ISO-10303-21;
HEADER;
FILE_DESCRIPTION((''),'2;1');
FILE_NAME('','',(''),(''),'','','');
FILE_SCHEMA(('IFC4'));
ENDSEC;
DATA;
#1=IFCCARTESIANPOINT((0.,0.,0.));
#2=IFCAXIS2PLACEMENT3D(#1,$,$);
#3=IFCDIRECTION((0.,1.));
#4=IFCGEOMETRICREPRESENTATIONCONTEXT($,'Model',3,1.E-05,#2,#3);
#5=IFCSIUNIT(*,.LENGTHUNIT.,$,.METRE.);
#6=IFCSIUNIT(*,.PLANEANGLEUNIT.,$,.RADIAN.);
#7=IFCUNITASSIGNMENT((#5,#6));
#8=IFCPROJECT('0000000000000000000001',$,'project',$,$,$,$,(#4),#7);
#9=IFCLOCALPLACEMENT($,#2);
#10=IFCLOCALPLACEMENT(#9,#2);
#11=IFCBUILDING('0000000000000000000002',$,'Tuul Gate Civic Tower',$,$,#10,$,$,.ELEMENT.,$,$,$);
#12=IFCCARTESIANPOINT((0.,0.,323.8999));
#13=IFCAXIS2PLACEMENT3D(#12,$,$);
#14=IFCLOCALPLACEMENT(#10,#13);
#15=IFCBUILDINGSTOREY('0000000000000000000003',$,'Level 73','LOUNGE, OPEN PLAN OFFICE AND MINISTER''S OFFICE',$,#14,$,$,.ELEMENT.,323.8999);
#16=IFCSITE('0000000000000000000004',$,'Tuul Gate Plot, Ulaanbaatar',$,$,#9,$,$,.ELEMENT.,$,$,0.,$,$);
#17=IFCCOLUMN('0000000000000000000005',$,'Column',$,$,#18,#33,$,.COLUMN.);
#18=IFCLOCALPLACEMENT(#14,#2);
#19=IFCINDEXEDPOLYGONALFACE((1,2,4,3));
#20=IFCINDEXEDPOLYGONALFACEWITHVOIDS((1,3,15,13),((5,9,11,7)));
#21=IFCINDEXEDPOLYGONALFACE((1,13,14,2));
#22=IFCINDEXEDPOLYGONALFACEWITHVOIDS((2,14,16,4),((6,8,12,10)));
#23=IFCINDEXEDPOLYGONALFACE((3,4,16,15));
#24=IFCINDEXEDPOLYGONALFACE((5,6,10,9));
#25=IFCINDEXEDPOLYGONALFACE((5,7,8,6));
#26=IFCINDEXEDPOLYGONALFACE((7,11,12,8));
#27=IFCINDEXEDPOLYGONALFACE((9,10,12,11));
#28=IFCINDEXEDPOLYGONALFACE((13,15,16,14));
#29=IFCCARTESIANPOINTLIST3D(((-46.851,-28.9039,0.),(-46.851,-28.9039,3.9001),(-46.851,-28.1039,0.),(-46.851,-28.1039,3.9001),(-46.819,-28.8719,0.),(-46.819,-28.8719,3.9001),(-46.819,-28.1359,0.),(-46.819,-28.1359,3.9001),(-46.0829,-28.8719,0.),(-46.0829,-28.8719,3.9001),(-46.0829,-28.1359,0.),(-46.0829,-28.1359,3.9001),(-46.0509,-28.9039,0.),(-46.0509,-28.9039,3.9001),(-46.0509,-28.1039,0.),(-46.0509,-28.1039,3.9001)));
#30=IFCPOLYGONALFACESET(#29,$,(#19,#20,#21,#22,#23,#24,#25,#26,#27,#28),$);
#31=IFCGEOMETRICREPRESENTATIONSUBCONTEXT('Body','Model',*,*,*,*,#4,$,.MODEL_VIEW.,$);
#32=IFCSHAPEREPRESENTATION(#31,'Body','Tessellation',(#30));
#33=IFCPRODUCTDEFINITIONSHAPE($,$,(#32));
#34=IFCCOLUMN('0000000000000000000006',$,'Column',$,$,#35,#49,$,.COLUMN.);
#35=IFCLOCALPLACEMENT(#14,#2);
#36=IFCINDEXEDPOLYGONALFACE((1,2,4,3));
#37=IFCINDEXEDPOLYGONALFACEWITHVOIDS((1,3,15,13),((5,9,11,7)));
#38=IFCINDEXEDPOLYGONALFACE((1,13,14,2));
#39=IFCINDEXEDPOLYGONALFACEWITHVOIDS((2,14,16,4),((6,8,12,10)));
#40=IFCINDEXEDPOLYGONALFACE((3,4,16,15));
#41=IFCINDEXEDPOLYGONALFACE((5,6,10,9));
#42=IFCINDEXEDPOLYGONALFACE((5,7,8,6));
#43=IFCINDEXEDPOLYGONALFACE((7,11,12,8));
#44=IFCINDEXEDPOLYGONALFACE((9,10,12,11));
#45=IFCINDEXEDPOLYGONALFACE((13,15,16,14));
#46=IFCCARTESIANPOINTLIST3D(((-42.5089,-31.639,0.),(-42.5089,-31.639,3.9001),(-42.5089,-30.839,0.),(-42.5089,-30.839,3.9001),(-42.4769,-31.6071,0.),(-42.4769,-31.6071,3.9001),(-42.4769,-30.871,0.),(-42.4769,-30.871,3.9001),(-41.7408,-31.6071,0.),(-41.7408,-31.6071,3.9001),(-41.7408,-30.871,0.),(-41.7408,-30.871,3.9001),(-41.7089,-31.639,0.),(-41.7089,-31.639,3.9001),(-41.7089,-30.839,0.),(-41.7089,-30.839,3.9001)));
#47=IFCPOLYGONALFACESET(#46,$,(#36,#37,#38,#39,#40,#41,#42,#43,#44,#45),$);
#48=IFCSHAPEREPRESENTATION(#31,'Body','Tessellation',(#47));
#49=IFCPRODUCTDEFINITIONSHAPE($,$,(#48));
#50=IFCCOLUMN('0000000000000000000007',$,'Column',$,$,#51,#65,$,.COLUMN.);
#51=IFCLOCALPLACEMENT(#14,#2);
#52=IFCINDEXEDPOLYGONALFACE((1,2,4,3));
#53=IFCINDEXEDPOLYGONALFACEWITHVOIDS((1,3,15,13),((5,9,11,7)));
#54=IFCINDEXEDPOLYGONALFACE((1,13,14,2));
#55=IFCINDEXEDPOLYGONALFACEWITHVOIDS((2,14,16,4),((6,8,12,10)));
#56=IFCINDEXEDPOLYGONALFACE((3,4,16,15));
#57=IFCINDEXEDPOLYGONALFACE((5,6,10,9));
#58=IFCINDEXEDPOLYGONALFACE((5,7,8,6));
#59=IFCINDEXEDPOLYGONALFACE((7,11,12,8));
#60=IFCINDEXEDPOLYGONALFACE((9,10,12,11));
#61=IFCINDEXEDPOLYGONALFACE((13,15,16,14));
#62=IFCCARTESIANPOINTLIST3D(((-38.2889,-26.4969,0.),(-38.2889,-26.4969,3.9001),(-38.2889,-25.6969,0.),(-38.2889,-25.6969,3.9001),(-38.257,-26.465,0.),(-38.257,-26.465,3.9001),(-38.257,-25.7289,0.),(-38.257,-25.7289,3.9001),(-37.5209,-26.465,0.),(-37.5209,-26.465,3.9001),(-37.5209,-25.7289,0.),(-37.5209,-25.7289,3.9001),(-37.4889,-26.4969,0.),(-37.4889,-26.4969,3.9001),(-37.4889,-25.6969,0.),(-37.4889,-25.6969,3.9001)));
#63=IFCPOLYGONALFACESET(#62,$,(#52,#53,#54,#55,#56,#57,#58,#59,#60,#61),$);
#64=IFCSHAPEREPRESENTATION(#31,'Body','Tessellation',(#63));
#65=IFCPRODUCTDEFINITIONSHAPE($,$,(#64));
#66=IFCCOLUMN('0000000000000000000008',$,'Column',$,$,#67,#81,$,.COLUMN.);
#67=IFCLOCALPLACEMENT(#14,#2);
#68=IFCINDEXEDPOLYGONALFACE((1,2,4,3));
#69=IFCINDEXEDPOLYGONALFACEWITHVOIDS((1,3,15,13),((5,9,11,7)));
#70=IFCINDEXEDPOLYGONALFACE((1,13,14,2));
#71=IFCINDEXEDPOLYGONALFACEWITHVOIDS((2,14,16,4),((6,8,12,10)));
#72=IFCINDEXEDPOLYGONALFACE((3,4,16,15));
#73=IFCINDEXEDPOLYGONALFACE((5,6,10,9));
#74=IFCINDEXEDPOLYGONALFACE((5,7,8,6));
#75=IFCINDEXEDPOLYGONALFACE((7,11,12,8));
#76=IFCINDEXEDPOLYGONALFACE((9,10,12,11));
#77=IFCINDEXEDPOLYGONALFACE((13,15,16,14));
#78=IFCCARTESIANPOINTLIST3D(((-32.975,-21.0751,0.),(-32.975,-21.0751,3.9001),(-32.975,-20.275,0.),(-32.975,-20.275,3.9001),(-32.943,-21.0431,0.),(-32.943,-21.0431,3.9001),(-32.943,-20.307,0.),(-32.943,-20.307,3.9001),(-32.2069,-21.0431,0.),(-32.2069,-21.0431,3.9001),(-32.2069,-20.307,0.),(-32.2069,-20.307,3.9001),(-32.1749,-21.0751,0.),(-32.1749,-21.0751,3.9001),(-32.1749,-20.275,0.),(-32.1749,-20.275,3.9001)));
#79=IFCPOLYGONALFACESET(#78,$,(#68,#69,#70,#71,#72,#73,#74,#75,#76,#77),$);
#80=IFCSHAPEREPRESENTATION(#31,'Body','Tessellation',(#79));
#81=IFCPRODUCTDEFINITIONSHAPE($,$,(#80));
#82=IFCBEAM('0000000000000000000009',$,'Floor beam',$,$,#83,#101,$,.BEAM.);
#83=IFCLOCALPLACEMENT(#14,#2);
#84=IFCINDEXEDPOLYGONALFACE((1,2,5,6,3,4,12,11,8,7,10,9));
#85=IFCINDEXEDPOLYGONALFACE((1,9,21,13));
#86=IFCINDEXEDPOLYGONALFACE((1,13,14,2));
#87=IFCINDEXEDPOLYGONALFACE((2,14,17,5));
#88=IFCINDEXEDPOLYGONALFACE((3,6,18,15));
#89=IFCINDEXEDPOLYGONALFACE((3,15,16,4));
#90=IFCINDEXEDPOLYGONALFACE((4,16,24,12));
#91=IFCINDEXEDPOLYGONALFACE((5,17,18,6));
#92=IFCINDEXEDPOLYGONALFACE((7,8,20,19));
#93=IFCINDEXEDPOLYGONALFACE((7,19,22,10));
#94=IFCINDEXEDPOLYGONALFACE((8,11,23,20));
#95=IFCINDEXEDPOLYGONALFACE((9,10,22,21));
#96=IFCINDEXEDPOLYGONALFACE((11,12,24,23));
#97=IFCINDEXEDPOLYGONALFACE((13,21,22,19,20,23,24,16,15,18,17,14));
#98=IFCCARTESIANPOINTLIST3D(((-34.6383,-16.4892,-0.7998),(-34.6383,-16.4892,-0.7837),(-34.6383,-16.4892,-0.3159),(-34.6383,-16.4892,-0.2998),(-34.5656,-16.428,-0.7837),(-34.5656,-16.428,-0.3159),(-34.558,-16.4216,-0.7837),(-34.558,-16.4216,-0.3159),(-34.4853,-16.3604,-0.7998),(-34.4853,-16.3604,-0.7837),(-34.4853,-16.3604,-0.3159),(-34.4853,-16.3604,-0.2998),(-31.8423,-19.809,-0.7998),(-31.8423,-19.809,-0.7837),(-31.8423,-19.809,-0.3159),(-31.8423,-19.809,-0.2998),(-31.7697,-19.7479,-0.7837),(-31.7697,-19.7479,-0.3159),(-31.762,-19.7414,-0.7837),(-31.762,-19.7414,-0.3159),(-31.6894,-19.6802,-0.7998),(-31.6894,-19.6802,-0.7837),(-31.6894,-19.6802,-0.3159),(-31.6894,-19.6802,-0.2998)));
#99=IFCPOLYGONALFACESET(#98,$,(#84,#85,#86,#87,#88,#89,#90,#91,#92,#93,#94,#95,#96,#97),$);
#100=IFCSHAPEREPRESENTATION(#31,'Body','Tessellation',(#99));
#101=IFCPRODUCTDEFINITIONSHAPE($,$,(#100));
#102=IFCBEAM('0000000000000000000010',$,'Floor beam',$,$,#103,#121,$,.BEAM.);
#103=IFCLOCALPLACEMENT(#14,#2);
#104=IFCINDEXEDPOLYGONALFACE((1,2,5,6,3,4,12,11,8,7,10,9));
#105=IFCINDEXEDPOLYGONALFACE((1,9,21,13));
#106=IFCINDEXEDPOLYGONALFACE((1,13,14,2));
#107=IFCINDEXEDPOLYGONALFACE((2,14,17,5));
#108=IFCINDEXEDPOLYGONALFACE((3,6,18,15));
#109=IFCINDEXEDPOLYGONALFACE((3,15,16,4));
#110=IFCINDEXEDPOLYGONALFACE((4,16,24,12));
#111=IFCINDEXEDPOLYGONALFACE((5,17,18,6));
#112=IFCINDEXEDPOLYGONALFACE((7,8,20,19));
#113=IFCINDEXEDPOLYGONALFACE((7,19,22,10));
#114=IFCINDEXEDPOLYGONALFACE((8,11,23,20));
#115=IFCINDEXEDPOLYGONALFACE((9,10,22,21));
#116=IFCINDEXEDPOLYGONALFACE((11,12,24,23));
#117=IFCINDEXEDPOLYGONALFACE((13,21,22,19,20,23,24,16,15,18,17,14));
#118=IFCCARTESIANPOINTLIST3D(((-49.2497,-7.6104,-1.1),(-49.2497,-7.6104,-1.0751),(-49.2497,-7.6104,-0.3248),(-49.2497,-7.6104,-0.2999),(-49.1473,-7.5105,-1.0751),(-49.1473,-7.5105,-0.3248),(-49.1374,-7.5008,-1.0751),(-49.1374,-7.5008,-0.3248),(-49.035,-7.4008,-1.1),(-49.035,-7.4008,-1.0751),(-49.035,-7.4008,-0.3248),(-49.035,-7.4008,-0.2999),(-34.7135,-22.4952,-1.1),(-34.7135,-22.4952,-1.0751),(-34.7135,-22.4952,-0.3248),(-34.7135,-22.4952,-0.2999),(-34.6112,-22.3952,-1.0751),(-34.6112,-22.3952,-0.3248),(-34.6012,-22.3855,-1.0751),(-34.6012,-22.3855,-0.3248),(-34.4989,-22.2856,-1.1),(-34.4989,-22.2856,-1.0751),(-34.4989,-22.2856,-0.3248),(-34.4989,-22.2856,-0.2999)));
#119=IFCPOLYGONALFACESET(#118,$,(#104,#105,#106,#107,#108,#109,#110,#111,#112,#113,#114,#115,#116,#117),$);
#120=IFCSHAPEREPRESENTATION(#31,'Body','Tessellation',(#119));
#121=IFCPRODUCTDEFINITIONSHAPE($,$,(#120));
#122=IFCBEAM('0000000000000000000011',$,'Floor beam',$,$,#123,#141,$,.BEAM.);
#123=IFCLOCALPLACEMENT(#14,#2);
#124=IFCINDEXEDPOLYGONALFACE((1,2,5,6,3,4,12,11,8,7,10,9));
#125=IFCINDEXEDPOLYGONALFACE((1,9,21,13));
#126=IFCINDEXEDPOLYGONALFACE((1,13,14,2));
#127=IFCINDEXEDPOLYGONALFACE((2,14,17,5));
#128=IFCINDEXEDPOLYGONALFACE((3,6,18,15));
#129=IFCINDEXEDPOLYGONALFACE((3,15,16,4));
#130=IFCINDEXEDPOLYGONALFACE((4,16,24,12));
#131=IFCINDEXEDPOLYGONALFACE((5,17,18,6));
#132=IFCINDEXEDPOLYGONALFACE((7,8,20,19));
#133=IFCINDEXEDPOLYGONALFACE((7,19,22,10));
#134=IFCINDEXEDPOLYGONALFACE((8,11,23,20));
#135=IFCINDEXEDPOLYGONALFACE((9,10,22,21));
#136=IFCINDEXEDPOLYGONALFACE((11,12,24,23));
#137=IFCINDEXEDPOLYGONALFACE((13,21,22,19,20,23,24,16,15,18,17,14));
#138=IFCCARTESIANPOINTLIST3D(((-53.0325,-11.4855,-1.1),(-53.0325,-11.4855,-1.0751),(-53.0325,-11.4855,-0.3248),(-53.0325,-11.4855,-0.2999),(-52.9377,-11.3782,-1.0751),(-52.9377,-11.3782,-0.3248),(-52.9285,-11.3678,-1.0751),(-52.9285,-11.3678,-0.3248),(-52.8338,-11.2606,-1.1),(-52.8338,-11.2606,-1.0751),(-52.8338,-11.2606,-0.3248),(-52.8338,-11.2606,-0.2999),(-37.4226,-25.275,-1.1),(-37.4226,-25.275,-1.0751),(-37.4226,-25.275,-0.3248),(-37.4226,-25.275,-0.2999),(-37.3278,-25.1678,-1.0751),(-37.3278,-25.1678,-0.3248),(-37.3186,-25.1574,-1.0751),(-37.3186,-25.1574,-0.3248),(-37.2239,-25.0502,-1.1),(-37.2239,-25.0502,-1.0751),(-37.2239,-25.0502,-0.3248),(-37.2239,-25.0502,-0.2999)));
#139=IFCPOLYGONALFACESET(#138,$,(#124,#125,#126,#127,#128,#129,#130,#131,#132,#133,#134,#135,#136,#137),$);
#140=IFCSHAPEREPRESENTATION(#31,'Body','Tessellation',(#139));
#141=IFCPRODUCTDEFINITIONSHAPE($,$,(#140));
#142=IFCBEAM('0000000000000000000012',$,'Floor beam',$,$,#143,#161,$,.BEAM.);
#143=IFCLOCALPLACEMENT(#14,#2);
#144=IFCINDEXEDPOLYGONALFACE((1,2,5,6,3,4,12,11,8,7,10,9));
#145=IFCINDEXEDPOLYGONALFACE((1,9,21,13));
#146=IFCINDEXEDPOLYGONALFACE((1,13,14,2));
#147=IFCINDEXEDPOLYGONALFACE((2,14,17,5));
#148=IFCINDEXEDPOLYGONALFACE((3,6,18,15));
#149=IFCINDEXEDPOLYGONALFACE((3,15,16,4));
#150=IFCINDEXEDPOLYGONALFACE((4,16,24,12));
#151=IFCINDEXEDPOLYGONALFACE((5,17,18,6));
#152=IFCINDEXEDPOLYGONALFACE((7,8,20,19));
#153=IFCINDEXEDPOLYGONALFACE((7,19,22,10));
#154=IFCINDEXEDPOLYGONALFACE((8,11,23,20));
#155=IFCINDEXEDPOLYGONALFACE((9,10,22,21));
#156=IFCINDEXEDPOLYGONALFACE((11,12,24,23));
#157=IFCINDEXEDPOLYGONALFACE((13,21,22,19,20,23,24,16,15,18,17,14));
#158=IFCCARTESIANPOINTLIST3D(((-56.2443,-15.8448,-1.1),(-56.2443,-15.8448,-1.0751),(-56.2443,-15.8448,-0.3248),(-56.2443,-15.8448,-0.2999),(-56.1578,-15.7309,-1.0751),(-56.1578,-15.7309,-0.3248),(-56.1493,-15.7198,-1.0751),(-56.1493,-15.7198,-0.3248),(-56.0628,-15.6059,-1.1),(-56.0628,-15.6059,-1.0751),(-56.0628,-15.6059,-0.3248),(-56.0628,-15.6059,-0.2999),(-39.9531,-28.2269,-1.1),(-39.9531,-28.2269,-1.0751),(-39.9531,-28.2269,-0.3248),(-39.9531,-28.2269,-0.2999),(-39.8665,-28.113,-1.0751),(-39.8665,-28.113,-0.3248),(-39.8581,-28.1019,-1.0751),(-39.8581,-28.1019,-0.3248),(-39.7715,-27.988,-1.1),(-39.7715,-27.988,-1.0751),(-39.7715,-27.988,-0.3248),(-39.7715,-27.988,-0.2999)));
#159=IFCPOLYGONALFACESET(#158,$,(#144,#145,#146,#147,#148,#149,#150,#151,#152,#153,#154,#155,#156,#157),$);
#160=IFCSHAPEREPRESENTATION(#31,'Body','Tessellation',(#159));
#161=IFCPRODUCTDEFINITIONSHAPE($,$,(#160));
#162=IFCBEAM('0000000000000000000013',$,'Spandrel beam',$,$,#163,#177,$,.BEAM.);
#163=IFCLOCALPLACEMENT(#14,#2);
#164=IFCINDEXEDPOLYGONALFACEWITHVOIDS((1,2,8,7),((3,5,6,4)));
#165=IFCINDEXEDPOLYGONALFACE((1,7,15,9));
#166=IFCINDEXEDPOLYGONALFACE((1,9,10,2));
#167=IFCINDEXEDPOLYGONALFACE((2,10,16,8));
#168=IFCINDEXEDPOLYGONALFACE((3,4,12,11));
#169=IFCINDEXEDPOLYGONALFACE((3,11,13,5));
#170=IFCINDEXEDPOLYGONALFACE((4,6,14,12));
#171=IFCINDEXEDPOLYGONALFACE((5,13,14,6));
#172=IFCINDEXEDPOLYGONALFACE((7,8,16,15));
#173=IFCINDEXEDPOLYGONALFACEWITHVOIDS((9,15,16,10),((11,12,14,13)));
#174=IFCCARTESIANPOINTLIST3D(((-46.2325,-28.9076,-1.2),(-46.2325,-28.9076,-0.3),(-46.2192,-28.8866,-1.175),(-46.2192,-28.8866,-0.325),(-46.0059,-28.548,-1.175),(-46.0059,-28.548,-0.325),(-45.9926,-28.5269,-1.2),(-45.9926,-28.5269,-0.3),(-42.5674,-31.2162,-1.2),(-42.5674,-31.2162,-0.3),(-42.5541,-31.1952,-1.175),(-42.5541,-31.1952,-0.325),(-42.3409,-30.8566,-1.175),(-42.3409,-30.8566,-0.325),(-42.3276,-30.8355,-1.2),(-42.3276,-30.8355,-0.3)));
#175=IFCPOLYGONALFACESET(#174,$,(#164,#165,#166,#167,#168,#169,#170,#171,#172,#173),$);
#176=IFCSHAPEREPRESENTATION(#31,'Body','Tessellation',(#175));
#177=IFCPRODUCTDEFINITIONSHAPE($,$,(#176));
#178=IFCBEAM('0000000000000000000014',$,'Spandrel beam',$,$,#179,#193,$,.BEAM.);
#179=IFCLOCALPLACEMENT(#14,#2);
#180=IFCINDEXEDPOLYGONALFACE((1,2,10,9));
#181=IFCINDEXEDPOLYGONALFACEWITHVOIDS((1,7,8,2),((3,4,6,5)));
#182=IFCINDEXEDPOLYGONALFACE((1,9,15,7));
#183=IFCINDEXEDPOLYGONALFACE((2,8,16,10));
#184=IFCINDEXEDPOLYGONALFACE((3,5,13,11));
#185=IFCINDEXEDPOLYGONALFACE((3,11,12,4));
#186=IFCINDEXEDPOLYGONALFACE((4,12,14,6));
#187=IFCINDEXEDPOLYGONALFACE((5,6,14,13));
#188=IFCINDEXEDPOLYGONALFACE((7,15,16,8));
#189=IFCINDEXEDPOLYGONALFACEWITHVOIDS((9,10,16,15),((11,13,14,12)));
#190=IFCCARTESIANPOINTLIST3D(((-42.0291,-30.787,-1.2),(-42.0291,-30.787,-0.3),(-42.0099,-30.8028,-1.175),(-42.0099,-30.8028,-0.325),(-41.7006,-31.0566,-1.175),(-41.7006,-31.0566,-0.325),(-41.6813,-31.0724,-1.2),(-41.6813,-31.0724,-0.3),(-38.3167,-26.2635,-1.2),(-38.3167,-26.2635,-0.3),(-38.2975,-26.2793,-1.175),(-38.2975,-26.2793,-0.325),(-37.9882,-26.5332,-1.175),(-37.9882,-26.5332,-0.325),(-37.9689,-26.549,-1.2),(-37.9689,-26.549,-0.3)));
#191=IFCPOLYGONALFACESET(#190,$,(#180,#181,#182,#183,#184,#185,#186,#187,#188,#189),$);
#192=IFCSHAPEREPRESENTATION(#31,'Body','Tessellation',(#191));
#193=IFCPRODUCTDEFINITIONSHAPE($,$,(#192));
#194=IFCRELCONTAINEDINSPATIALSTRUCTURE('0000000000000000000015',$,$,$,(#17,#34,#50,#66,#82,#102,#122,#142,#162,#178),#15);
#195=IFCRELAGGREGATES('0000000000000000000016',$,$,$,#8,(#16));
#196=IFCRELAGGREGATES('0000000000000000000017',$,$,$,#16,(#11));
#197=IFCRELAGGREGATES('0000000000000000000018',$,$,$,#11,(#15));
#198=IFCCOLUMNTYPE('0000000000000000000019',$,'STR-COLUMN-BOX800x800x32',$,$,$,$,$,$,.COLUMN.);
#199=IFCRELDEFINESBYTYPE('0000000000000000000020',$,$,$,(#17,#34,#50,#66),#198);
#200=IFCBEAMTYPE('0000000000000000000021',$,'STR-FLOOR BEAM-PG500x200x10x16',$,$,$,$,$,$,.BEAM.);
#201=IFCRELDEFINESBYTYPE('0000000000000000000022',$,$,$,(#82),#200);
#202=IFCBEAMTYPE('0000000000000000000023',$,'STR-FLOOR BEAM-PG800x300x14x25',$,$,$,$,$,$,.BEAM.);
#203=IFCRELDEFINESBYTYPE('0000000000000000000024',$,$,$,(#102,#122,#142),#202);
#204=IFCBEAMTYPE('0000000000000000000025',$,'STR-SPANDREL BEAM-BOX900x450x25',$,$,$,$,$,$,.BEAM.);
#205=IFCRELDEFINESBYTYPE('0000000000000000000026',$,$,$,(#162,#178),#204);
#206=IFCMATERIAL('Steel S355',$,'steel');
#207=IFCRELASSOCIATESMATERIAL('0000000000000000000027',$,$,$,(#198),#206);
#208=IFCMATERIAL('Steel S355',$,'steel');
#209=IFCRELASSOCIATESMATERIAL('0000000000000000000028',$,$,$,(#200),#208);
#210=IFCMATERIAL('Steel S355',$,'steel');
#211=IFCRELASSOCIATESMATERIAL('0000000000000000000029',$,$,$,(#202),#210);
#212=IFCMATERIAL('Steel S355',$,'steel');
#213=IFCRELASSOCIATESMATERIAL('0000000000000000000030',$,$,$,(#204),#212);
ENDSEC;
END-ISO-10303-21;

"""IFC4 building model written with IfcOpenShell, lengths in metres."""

from ifc_helpers import new_model, si_unit, direction, frame, origin, origin_2d, place, context, subcontext, project, spatial, hollow_rectangle, i_section, extrude, material, material_profile, profile_set, type_object, element, save


model = new_model("IFC4")

# Units and contexts
model_context = context("Model", 3, precision=1e-05, world=origin(), true_north=direction((0.0, 1.0)))
body_context = subcontext(model_context, "Body", "Model", "MODEL_VIEW")
ifc_project = project(units=[si_unit("LENGTHUNIT", "METRE"), si_unit("PLANEANGLEUNIT", "RADIAN")], contexts=[model_context])

# Site, building, storey
site_placement = place(None, origin())
site = spatial("IfcSite", under=ifc_project, at=site_placement, Name="Tuul Gate Plot, Ulaanbaatar", CompositionType="ELEMENT", RefElevation=0.0)
building_placement = place(site_placement, origin())
building = spatial("IfcBuilding", under=site, at=building_placement, Name="Tuul Gate Civic Tower", CompositionType="ELEMENT")
storey_placement = place(building_placement, frame((0.0, 0.0, 323.8999)))
storey = spatial("IfcBuildingStorey", under=building, at=storey_placement, Name="Level 73", Description="LOUNGE, OPEN PLAN OFFICE AND MINISTER'S OFFICE", CompositionType="ELEMENT", Elevation=323.8999)

# Columns
ifc_material_1 = material(Name="Steel S355", Category="steel")
ifc_material_profile_1 = material_profile(ifc_material_1, hollow_rectangle(XDim=0.8, YDim=0.8, WallThickness=0.032, at=origin_2d()), Name="BOX800x800x32")
ifc_profile_set_1 = profile_set([ifc_material_profile_1], Name="Steel S355")
column_type = type_object("IfcColumnType", Name="STR-COLUMN-BOX800x800x32", PredefinedType="COLUMN", material=ifc_profile_set_1)
for number, where, z_axis, x_axis, name in (
    (1, (-46.4509, -28.5039, 0.0), (0.0, 0.0, 1.0), (1.0, 0.0, 0.0), "Column"),
    (2, (-42.1089, -31.239, 0.0), (0.0, 0.0, 1.0), (1.0, 0.0, 0.0), "Column"),
    (3, (-37.8889, -26.0969, 0.0), (0.0, 0.0, 1.0), (1.0, 0.0, 0.0), "Column"),
    (4, (-32.575, -20.675, 0.0), (0.0, 0.0, 1.0), (1.0, 0.0, 0.0), "Column"),
):
    element("IfcColumn", number, at=place(storey_placement, frame(where, z_axis=z_axis, x_axis=x_axis)), inside=storey, type_object=column_type, Name=name, PredefinedType="COLUMN", context=body_context, shape_type="SweptSolid", body=[
        extrude(hollow_rectangle(XDim=0.8, YDim=0.8, WallThickness=0.032, at=origin_2d()), origin(), (0.0, 0.0, 1.0), 3.9001),
    ])

# Beams
ifc_material_2 = material(Name="Steel S355", Category="steel")
ifc_material_profile_2 = material_profile(ifc_material_2, i_section(OverallWidth=0.2, OverallDepth=0.5, WebThickness=0.01, FlangeThickness=0.0161, at=origin_2d()), Name="PG500x200x10x16")
ifc_profile_set_2 = profile_set([ifc_material_profile_2], Name="Steel S355")
beam_type_1 = type_object("IfcBeamType", Name="STR-FLOOR BEAM-PG500x200x10x16", PredefinedType="BEAM", material=ifc_profile_set_2)
beam_1_placement = place(storey_placement, frame((-31.7659, -19.7446, -0.5498), z_axis=(-0.64417, 0.764882, 0.0), x_axis=(-0.764882, -0.64417, 0.0)))
element("IfcBeam", 5, at=beam_1_placement, inside=storey, type_object=beam_type_1, Name="Floor beam", PredefinedType="BEAM", context=body_context, shape_type="SweptSolid", body=[
    extrude(i_section(OverallWidth=0.2, OverallDepth=0.5, WebThickness=0.01, FlangeThickness=0.0161, at=origin_2d()), origin(), (0.0, 0.0, 1.0), 4.3403),
])
ifc_material_3 = material(Name="Steel S355", Category="steel")
ifc_material_profile_3 = material_profile(ifc_material_3, i_section(OverallWidth=0.3, OverallDepth=0.8, WebThickness=0.0139, FlangeThickness=0.0249, at=origin_2d()), Name="PG800x300x14x25")
ifc_profile_set_3 = profile_set([ifc_material_profile_3], Name="Steel S355")
beam_type_2 = type_object("IfcBeamType", Name="STR-FLOOR BEAM-PG800x300x14x25", PredefinedType="BEAM", material=ifc_profile_set_3)
beam_2_placement = place(storey_placement, frame((-34.6062, -22.3904, -0.7), z_axis=(-0.698679, 0.715436, 0.0), x_axis=(-0.715436, -0.698679, 0.0)))
element("IfcBeam", 6, at=beam_2_placement, inside=storey, type_object=beam_type_2, Name="Floor beam", PredefinedType="BEAM", context=body_context, shape_type="SweptSolid", body=[
    extrude(i_section(OverallWidth=0.3, OverallDepth=0.8, WebThickness=0.0139, FlangeThickness=0.0249, at=origin_2d()), origin(), (0.0, 0.0, 1.0), 20.8052),
])
beam_3_placement = place(storey_placement, frame((-37.3232, -25.1626, -0.7), z_axis=(-0.749453, 0.662057, 0.0), x_axis=(-0.662057, -0.749453, 0.0)))
element("IfcBeam", 7, at=beam_3_placement, inside=storey, type_object=beam_type_2, Name="Floor beam", PredefinedType="BEAM", context=body_context, shape_type="SweptSolid", body=[
    extrude(i_section(OverallWidth=0.3, OverallDepth=0.8, WebThickness=0.0139, FlangeThickness=0.0249, at=origin_2d()), origin(), (0.0, 0.0, 1.0), 20.8284),
])
beam_4_placement = place(storey_placement, frame((-39.8623, -28.1074, -0.7), z_axis=(-0.796145, 0.605106, 0.0), x_axis=(-0.605106, -0.796145, 0.0)))
element("IfcBeam", 8, at=beam_4_placement, inside=storey, type_object=beam_type_2, Name="Floor beam", PredefinedType="BEAM", context=body_context, shape_type="SweptSolid", body=[
    extrude(i_section(OverallWidth=0.3, OverallDepth=0.8, WebThickness=0.0139, FlangeThickness=0.0249, at=origin_2d()), origin(), (0.0, 0.0, 1.0), 20.4626),
])
ifc_material_4 = material(Name="Steel S355", Category="steel")
ifc_material_profile_4 = material_profile(ifc_material_4, hollow_rectangle(XDim=0.45, YDim=0.8999, WallThickness=0.0249, at=origin_2d()), Name="BOX900x450x25")
ifc_profile_set_4 = profile_set([ifc_material_profile_4], Name="Steel S355")
beam_type_3 = type_object("IfcBeamType", Name="STR-SPANDREL BEAM-BOX900x450x25", PredefinedType="BEAM", material=ifc_profile_set_4)
beam_5_placement = place(storey_placement, frame((-46.1125, -28.7173, -0.75), z_axis=(0.846131, -0.532975, 0.0), x_axis=(0.532975, 0.846131, 0.0)))
element("IfcBeam", 9, at=beam_5_placement, inside=storey, type_object=beam_type_3, Name="Spandrel beam", PredefinedType="BEAM", context=body_context, shape_type="SweptSolid", body=[
    extrude(hollow_rectangle(XDim=0.45, YDim=0.8999, WallThickness=0.0249, at=origin_2d()), origin(), (0.0, 0.0, 1.0), 4.3315),
])
beam_6_placement = place(storey_placement, frame((-41.8552, -30.9297, -0.75), z_axis=(0.634405, 0.773001, 0.0), x_axis=(-0.773001, 0.634405, 0.0)))
element("IfcBeam", 10, at=beam_6_placement, inside=storey, type_object=beam_type_3, Name="Spandrel beam", PredefinedType="BEAM", context=body_context, shape_type="SweptSolid", body=[
    extrude(hollow_rectangle(XDim=0.45, YDim=0.8999, WallThickness=0.0249, at=origin_2d()), origin(), (0.0, 0.0, 1.0), 5.8518),
])

save(model, "model.ifc")
